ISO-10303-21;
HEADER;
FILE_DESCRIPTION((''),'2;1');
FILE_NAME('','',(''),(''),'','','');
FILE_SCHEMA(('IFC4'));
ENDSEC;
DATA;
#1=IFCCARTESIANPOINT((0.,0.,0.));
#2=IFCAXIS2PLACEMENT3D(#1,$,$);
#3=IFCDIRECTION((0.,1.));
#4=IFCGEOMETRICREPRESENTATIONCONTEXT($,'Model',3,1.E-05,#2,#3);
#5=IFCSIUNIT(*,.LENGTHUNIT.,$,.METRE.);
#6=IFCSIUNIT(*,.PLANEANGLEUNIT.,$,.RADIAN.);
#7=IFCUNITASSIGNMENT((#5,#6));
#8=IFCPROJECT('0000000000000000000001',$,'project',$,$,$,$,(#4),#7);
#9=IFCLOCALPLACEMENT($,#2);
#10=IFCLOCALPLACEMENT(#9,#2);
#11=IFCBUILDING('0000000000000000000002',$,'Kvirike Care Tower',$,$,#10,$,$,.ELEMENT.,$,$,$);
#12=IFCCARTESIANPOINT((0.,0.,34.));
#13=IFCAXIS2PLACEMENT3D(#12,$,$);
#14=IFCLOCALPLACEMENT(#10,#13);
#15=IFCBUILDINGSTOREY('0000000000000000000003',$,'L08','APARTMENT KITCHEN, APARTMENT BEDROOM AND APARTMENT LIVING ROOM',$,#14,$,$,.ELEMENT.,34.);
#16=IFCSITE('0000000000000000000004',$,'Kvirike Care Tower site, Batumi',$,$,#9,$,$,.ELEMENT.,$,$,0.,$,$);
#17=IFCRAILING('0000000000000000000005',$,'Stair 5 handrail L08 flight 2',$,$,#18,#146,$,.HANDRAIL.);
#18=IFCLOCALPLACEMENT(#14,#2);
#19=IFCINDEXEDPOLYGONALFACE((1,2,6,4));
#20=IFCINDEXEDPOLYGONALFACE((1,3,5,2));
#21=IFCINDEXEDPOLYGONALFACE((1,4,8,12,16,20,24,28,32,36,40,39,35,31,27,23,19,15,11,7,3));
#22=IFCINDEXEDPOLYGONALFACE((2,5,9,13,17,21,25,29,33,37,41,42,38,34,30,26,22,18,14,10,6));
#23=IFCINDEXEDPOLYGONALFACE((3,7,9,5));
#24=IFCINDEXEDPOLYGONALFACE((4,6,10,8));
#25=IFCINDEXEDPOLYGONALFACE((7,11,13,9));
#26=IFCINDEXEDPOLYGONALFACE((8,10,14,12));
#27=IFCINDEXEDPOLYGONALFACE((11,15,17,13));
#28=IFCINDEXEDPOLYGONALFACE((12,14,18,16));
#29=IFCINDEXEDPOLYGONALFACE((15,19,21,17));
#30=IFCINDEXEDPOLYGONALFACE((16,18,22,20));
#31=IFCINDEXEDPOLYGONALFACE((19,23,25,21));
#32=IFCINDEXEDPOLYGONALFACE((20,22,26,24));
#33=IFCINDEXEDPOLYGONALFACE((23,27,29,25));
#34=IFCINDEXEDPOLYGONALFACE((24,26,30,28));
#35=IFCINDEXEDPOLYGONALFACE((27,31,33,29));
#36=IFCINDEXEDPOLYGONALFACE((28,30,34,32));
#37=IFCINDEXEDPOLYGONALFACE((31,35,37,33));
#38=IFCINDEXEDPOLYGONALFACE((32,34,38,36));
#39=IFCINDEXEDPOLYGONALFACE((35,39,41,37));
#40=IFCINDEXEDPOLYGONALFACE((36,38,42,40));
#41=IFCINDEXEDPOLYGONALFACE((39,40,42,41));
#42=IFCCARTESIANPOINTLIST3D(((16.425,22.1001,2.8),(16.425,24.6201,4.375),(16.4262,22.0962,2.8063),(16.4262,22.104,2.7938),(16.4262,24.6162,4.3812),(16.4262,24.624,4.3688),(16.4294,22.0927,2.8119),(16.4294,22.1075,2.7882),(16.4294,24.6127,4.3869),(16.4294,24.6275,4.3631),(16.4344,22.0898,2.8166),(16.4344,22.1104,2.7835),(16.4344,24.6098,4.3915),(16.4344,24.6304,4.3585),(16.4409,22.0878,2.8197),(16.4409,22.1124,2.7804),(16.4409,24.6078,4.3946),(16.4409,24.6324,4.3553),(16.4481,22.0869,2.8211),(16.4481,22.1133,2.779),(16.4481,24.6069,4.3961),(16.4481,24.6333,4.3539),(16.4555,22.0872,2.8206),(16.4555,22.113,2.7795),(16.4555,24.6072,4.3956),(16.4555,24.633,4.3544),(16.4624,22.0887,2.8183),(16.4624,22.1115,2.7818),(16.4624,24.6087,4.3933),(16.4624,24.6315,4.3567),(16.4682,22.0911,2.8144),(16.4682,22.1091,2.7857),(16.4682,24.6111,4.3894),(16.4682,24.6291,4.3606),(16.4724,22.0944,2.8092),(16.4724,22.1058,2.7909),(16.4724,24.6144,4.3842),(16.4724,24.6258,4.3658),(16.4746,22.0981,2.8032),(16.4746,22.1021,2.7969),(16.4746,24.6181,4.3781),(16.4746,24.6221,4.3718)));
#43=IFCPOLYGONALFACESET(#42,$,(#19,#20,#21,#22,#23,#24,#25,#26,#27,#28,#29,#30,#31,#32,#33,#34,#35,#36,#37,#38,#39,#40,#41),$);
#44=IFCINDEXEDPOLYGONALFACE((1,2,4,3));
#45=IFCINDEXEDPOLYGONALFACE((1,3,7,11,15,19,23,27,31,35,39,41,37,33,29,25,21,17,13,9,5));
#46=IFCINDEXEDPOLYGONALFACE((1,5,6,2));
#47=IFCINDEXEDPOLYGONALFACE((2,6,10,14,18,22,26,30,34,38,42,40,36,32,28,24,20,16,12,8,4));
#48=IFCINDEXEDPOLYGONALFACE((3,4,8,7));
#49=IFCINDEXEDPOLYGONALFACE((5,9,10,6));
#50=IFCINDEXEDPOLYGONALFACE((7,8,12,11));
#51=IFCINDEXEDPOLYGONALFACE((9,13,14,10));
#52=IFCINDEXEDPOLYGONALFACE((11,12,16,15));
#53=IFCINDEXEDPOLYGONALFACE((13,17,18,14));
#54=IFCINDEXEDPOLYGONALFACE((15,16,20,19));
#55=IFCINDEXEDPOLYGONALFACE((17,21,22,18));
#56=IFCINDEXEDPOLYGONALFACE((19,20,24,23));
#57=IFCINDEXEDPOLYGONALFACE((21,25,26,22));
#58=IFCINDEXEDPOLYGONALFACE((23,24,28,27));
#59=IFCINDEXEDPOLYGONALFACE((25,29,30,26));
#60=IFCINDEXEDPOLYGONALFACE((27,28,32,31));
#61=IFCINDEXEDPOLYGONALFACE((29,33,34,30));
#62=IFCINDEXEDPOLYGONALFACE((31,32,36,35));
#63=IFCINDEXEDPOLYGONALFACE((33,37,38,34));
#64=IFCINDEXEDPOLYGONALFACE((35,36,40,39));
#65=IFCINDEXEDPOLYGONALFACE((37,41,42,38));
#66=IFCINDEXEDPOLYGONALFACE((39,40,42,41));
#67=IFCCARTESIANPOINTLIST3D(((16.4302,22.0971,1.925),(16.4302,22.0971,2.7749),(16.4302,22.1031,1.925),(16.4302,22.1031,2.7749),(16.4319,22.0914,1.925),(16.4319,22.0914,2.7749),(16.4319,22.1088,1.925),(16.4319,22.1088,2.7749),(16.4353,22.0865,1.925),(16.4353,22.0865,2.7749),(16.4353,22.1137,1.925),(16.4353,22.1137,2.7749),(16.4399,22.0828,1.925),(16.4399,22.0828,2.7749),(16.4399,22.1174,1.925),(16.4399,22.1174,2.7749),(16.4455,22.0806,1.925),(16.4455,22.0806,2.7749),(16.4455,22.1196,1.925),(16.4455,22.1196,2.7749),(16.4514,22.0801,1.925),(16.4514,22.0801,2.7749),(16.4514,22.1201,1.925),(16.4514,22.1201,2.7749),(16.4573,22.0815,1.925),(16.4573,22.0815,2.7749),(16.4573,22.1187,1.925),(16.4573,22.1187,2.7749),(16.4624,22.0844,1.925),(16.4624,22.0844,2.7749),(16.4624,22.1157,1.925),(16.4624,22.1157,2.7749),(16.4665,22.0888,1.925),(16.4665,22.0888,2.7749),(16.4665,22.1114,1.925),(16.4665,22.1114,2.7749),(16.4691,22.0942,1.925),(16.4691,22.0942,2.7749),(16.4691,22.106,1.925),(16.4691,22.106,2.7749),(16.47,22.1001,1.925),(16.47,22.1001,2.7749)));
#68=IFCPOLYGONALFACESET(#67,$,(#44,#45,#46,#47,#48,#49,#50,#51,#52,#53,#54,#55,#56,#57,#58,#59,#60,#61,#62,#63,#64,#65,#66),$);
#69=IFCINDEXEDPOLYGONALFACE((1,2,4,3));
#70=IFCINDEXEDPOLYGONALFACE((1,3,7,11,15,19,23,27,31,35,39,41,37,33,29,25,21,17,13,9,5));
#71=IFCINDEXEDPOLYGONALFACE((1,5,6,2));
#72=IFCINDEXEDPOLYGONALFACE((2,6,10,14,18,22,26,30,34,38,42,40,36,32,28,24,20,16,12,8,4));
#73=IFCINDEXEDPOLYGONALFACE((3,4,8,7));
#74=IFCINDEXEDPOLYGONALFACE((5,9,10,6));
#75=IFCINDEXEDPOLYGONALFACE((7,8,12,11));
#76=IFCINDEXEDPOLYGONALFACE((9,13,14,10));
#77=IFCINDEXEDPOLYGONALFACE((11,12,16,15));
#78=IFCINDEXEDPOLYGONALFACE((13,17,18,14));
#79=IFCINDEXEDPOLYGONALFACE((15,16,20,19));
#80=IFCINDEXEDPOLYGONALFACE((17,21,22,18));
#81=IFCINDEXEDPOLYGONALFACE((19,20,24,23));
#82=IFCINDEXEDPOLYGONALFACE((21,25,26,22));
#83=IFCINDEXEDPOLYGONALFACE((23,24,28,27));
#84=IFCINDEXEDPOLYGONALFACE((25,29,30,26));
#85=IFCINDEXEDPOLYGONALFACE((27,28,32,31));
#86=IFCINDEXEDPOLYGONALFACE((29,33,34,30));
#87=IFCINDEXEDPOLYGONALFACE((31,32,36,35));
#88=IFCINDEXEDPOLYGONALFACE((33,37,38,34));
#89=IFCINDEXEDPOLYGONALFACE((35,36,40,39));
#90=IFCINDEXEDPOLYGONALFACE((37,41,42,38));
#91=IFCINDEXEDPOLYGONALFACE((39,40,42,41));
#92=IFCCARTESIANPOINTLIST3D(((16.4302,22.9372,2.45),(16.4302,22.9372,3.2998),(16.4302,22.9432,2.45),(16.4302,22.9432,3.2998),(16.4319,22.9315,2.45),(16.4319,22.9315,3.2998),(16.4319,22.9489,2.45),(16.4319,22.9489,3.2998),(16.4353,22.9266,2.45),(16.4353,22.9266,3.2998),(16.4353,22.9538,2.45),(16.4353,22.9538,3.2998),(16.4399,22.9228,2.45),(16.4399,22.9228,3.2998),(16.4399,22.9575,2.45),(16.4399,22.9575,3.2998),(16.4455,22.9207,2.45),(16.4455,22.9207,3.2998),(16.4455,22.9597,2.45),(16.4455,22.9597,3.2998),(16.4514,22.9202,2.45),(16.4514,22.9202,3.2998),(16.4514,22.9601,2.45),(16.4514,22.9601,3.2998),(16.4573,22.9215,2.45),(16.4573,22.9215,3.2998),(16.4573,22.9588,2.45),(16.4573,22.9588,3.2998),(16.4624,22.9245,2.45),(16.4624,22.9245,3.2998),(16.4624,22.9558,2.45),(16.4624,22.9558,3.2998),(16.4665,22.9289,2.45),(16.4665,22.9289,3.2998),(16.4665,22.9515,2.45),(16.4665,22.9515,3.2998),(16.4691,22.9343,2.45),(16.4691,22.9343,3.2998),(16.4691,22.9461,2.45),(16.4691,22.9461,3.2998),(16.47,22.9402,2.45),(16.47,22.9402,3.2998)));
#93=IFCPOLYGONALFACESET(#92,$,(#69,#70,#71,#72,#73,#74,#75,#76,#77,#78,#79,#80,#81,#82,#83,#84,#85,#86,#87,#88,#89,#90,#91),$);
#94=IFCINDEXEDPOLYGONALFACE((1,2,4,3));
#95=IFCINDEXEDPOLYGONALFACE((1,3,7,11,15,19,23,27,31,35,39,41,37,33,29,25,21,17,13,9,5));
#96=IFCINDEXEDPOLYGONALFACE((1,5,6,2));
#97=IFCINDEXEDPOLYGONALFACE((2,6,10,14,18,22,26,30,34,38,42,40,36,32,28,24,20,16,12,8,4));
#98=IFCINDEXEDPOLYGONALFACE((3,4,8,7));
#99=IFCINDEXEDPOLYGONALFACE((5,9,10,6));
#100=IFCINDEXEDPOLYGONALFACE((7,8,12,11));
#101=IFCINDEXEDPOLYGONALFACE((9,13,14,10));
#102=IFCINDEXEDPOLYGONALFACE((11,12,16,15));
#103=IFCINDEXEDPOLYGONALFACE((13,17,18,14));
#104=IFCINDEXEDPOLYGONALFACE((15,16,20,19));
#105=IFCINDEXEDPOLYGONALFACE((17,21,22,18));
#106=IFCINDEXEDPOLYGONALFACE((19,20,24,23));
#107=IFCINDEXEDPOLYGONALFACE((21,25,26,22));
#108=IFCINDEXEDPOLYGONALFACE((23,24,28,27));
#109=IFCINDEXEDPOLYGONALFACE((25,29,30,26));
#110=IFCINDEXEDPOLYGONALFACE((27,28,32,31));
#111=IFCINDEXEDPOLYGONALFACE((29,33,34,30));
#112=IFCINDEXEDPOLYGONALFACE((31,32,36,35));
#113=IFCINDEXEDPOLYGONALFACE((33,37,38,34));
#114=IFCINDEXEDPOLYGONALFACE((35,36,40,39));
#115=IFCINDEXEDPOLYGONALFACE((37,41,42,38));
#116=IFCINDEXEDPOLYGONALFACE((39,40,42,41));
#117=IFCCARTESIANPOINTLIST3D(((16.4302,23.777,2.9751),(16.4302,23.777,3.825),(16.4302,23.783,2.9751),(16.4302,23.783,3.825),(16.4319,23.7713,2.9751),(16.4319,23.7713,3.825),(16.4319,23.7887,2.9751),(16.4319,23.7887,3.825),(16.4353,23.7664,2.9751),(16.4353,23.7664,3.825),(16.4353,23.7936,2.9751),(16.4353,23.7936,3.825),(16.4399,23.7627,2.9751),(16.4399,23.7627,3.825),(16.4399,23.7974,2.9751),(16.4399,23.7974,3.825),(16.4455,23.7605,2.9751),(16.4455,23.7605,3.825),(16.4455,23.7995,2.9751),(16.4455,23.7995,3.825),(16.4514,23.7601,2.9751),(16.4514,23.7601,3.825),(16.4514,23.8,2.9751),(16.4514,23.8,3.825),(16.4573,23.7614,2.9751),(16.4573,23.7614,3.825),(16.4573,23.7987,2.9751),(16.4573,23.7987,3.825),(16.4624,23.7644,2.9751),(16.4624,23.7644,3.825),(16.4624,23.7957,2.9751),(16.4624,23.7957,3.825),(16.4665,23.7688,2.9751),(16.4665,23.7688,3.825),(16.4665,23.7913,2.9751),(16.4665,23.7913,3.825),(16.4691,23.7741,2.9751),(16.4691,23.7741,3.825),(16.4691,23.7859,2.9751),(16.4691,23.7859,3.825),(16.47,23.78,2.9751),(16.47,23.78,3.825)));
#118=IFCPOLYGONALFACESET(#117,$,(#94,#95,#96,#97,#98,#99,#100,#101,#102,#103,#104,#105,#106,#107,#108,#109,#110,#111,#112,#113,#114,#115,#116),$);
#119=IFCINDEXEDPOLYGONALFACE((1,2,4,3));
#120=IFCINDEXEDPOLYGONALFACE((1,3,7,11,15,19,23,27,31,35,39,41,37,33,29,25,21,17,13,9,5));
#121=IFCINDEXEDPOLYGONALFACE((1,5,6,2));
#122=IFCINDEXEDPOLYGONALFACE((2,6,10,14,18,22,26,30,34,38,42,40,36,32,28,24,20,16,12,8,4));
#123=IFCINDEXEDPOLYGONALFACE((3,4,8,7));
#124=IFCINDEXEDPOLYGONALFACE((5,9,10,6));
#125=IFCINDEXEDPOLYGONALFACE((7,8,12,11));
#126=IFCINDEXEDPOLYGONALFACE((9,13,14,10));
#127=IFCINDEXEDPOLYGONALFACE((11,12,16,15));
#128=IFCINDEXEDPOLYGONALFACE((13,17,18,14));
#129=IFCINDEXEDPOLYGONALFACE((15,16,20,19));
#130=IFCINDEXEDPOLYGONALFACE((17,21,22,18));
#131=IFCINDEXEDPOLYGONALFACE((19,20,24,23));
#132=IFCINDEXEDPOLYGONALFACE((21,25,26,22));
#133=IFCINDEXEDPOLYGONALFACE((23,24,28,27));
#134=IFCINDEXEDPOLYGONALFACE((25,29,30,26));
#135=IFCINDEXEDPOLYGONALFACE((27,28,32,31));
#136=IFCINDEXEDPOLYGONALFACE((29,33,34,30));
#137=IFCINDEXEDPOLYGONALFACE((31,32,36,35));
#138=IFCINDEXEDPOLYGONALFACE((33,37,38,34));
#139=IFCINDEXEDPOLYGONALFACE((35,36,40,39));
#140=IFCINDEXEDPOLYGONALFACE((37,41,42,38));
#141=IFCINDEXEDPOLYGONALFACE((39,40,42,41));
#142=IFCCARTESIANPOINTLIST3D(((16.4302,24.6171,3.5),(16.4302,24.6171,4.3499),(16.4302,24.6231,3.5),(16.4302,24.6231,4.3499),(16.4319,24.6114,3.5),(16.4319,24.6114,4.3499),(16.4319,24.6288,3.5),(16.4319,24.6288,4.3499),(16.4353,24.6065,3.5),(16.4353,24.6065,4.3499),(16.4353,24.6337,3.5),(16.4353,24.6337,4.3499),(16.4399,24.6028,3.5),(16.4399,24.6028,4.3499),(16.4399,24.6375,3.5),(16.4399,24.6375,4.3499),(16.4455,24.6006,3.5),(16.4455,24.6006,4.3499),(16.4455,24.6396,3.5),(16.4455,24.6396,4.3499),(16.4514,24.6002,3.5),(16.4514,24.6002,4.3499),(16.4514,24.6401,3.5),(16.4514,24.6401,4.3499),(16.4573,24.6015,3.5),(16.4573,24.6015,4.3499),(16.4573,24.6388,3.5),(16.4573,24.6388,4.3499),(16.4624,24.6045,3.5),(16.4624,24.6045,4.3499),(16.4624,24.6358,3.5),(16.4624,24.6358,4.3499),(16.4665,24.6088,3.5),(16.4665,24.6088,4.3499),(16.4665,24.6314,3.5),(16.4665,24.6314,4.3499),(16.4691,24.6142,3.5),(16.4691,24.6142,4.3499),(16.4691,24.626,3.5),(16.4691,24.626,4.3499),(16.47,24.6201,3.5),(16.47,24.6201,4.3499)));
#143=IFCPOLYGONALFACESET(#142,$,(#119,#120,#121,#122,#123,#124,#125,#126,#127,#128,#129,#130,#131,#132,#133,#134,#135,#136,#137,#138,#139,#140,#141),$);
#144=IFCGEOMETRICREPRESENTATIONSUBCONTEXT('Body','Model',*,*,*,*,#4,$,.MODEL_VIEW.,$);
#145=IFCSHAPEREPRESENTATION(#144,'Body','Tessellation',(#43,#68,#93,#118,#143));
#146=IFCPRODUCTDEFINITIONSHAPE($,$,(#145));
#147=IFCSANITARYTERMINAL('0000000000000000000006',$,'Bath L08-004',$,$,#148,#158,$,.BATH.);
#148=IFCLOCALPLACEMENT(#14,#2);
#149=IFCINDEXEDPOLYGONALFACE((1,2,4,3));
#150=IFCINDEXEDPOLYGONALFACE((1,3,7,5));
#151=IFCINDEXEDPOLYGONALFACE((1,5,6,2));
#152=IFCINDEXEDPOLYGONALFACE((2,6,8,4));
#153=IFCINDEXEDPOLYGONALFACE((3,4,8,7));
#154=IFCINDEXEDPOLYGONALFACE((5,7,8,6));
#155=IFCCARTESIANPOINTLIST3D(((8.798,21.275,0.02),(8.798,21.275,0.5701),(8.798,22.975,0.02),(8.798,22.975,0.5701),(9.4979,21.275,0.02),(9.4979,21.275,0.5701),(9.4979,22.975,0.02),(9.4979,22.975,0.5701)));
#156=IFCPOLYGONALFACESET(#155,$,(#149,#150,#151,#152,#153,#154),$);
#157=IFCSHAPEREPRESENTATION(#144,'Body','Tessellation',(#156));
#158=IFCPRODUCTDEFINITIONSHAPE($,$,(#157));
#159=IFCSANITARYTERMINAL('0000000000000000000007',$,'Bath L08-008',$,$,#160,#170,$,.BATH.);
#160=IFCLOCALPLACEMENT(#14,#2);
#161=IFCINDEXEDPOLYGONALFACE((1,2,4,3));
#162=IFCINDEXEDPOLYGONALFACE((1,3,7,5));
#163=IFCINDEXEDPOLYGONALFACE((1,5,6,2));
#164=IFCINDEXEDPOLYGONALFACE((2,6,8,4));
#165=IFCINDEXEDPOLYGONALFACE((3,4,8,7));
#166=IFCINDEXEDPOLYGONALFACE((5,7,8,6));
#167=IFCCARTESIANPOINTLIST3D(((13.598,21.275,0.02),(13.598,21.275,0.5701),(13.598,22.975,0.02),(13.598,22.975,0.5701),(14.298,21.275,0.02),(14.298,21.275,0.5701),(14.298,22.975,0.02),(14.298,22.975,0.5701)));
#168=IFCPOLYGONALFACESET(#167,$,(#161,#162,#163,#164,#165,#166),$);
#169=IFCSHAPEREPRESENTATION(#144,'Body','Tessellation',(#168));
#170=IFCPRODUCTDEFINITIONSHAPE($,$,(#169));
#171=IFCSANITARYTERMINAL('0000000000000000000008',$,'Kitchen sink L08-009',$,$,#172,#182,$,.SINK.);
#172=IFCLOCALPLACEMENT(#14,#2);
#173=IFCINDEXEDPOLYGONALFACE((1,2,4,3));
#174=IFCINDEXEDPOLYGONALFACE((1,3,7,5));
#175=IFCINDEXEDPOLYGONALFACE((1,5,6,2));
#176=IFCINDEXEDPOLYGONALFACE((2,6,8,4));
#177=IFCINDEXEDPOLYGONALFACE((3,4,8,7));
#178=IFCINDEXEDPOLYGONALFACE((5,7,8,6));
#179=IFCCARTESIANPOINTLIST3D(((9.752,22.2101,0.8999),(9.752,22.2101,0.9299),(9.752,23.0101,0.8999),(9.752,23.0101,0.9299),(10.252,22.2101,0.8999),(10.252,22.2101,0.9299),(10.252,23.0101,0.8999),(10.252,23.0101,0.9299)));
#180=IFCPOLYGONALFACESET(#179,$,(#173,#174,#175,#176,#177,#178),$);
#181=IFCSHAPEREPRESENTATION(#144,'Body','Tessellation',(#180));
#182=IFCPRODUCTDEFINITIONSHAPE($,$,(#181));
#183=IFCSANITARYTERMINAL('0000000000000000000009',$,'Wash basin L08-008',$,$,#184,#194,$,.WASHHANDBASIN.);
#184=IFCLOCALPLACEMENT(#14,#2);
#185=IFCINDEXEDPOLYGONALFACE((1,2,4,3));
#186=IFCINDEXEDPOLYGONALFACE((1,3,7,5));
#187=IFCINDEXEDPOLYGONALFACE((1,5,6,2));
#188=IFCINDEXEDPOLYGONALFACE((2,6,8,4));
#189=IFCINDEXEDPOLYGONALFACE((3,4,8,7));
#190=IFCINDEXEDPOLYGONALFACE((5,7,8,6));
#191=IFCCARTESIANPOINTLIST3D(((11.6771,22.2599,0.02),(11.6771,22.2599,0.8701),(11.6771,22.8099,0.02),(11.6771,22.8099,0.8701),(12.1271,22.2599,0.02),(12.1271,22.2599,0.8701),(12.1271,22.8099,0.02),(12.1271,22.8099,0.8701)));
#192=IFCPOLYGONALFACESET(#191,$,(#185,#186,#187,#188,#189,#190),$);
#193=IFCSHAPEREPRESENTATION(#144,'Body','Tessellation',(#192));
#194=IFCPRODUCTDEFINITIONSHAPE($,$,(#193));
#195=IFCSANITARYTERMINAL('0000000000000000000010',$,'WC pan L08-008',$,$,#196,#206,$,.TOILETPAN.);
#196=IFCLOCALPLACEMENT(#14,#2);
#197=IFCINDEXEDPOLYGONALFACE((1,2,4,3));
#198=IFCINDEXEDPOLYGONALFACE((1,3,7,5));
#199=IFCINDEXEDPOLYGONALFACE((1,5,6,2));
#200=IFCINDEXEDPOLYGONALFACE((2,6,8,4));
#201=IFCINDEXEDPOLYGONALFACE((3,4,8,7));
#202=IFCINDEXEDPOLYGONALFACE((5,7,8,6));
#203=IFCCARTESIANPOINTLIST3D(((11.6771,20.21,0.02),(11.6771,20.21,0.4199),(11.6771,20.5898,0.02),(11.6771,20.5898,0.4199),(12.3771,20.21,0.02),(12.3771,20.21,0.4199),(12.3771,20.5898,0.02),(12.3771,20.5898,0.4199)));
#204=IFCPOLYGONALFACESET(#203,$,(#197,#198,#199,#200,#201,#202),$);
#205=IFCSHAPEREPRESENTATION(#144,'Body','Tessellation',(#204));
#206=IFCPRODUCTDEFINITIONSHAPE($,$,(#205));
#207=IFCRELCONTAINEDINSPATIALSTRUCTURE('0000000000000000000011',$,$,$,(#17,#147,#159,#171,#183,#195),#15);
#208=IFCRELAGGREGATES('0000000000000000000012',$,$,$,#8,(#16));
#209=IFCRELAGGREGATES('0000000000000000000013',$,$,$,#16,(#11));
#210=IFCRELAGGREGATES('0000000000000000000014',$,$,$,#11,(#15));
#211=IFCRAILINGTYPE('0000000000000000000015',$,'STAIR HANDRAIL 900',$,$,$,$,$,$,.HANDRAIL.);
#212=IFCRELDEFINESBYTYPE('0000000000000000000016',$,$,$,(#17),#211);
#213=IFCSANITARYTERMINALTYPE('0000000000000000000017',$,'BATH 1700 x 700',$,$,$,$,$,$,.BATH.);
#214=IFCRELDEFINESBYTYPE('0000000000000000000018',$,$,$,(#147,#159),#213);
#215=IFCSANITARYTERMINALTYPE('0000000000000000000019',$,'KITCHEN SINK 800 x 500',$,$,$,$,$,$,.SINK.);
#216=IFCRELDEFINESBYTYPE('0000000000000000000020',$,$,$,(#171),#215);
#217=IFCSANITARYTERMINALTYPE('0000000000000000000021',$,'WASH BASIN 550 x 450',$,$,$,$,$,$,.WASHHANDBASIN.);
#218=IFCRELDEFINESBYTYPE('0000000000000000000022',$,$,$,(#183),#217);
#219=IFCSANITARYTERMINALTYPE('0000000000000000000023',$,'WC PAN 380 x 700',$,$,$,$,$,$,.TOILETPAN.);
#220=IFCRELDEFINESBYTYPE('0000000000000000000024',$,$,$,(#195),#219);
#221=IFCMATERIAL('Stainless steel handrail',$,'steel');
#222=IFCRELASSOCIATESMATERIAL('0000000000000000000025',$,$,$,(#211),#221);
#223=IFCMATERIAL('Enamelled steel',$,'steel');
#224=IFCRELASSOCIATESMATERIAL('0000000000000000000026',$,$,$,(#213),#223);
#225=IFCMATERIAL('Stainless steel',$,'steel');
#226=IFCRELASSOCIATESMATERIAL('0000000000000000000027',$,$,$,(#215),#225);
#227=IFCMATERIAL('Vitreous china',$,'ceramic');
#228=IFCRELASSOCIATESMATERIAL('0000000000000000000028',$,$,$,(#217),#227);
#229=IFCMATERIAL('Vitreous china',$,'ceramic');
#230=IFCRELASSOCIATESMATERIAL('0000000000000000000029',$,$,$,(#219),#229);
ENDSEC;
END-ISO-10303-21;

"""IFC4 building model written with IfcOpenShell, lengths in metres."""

from ifc_helpers import new_model, si_unit, direction, frame, origin, origin_2d, place, context, subcontext, project, spatial, rectangle, circle, extrude, material, type_object, element, save


model = new_model("IFC4")

# Units and contexts
model_context = context("Model", 3, precision=1e-05, world=origin(), true_north=direction((0.0, 1.0)))
body_context = subcontext(model_context, "Body", "Model", "MODEL_VIEW")
ifc_project = project(units=[si_unit("LENGTHUNIT", "METRE"), si_unit("PLANEANGLEUNIT", "RADIAN")], contexts=[model_context])

# Site, building, storey
site_placement = place(None, origin())
site = spatial("IfcSite", under=ifc_project, at=site_placement, Name="Kvirike Care Tower site, Batumi", CompositionType="ELEMENT", RefElevation=0.0)
building_placement = place(site_placement, origin())
building = spatial("IfcBuilding", under=site, at=building_placement, Name="Kvirike Care Tower", CompositionType="ELEMENT")
storey_placement = place(building_placement, frame((0.0, 0.0, 34.0)))
storey = spatial("IfcBuildingStorey", under=building, at=storey_placement, Name="L08", Description="APARTMENT KITCHEN, APARTMENT BEDROOM AND APARTMENT LIVING ROOM", CompositionType="ELEMENT", Elevation=34.0)

# Railing
ifc_material_1 = material(Name="Stainless steel handrail", Category="steel")
railing_type = type_object("IfcRailingType", Name="STAIR HANDRAIL 900", PredefinedType="HANDRAIL", material=ifc_material_1)
railing_placement = place(storey_placement, frame((16.45, 22.1001, 1.925)))
element("IfcRailing", 1, at=railing_placement, inside=storey, type_object=railing_type, Name="Stair 5 handrail L08 flight 2", PredefinedType="HANDRAIL", context=body_context, shape_type="SweptSolid", body=[
    extrude(circle(Radius=0.0249, at=origin_2d()), frame((0.0, 0.0, 0.875), z_axis=(0.0, 0.848008, 0.529984), x_axis=(-1.0, 0.0, 0.0)), (0.0, 0.0, 1.0), 2.9717),
    extrude(circle(Radius=0.02, at=origin_2d()), origin(), (0.0, 0.0, 1.0), 0.8499),
    extrude(circle(Radius=0.02, at=origin_2d()), frame((0.0, 0.8401, 0.5249)), (0.0, 0.0, 1.0), 0.8499),
    extrude(circle(Radius=0.02, at=origin_2d()), frame((0.0, 1.6799, 1.05)), (0.0, 0.0, 1.0), 0.8499),
    extrude(circle(Radius=0.02, at=origin_2d()), frame((0.0, 2.52, 1.575)), (0.0, 0.0, 1.0), 0.8499),
])

# Sanitary terminals
ifc_material_2 = material(Name="Enamelled steel", Category="steel")
sanitary_terminal_type_1 = type_object("IfcSanitaryTerminalType", Name="BATH 1700 x 700", PredefinedType="BATH", material=ifc_material_2)
for number, where, z_axis, x_axis, name in (
    (2, (9.1479, 22.125, 0.02), (0.0, 0.0, 1.0), (0.0, -1.0, 0.0), "Bath L08-004"),
    (3, (13.948, 22.125, 0.02), (0.0, 0.0, 1.0), (0.0, -1.0, 0.0), "Bath L08-008"),
):
    element("IfcSanitaryTerminal", number, at=place(storey_placement, frame(where, z_axis=z_axis, x_axis=x_axis)), inside=storey, type_object=sanitary_terminal_type_1, Name=name, PredefinedType="BATH", context=body_context, shape_type="SweptSolid", body=[
        extrude(rectangle(XDim=1.7, YDim=0.7, at=origin_2d()), origin(), (0.0, 0.0, 1.0), 0.55),
    ])
ifc_material_3 = material(Name="Stainless steel", Category="steel")
sanitary_terminal_type_2 = type_object("IfcSanitaryTerminalType", Name="KITCHEN SINK 800 x 500", PredefinedType="SINK", material=ifc_material_3)
sanitary_terminal_1_placement = place(storey_placement, frame((10.002, 22.6101, 0.8999), z_axis=(0.0, 0.0, 1.0), x_axis=(0.0, 1.0, 0.0)))
element("IfcSanitaryTerminal", 4, at=sanitary_terminal_1_placement, inside=storey, type_object=sanitary_terminal_type_2, Name="Kitchen sink L08-009", PredefinedType="SINK", context=body_context, shape_type="SweptSolid", body=[
    extrude(rectangle(XDim=0.8, YDim=0.5, at=origin_2d()), origin(), (0.0, 0.0, 1.0), 0.03),
])
ifc_material_4 = material(Name="Vitreous china", Category="ceramic")
sanitary_terminal_type_3 = type_object("IfcSanitaryTerminalType", Name="WASH BASIN 550 x 450", PredefinedType="WASHHANDBASIN", material=ifc_material_4)
sanitary_terminal_2_placement = place(storey_placement, frame((11.9021, 22.5349, 0.02), z_axis=(0.0, 0.0, 1.0), x_axis=(0.0, 1.0, 0.0)))
element("IfcSanitaryTerminal", 5, at=sanitary_terminal_2_placement, inside=storey, type_object=sanitary_terminal_type_3, Name="Wash basin L08-008", PredefinedType="WASHHANDBASIN", context=body_context, shape_type="SweptSolid", body=[
    extrude(rectangle(XDim=0.55, YDim=0.45, at=origin_2d()), origin(), (0.0, 0.0, 1.0), 0.8501),
])
ifc_material_5 = material(Name="Vitreous china", Category="ceramic")
sanitary_terminal_type_4 = type_object("IfcSanitaryTerminalType", Name="WC PAN 380 x 700", PredefinedType="TOILETPAN", material=ifc_material_5)
sanitary_terminal_3_placement = place(storey_placement, frame((12.0271, 20.3999, 0.02), z_axis=(0.0, 0.0, 1.0), x_axis=(0.0, 1.0, 0.0)))
element("IfcSanitaryTerminal", 6, at=sanitary_terminal_3_placement, inside=storey, type_object=sanitary_terminal_type_4, Name="WC pan L08-008", PredefinedType="TOILETPAN", context=body_context, shape_type="SweptSolid", body=[
    extrude(rectangle(XDim=0.3799, YDim=0.7, at=origin_2d()), origin(), (0.0, 0.0, 1.0), 0.3999),
])

save(model, "model.ifc")
